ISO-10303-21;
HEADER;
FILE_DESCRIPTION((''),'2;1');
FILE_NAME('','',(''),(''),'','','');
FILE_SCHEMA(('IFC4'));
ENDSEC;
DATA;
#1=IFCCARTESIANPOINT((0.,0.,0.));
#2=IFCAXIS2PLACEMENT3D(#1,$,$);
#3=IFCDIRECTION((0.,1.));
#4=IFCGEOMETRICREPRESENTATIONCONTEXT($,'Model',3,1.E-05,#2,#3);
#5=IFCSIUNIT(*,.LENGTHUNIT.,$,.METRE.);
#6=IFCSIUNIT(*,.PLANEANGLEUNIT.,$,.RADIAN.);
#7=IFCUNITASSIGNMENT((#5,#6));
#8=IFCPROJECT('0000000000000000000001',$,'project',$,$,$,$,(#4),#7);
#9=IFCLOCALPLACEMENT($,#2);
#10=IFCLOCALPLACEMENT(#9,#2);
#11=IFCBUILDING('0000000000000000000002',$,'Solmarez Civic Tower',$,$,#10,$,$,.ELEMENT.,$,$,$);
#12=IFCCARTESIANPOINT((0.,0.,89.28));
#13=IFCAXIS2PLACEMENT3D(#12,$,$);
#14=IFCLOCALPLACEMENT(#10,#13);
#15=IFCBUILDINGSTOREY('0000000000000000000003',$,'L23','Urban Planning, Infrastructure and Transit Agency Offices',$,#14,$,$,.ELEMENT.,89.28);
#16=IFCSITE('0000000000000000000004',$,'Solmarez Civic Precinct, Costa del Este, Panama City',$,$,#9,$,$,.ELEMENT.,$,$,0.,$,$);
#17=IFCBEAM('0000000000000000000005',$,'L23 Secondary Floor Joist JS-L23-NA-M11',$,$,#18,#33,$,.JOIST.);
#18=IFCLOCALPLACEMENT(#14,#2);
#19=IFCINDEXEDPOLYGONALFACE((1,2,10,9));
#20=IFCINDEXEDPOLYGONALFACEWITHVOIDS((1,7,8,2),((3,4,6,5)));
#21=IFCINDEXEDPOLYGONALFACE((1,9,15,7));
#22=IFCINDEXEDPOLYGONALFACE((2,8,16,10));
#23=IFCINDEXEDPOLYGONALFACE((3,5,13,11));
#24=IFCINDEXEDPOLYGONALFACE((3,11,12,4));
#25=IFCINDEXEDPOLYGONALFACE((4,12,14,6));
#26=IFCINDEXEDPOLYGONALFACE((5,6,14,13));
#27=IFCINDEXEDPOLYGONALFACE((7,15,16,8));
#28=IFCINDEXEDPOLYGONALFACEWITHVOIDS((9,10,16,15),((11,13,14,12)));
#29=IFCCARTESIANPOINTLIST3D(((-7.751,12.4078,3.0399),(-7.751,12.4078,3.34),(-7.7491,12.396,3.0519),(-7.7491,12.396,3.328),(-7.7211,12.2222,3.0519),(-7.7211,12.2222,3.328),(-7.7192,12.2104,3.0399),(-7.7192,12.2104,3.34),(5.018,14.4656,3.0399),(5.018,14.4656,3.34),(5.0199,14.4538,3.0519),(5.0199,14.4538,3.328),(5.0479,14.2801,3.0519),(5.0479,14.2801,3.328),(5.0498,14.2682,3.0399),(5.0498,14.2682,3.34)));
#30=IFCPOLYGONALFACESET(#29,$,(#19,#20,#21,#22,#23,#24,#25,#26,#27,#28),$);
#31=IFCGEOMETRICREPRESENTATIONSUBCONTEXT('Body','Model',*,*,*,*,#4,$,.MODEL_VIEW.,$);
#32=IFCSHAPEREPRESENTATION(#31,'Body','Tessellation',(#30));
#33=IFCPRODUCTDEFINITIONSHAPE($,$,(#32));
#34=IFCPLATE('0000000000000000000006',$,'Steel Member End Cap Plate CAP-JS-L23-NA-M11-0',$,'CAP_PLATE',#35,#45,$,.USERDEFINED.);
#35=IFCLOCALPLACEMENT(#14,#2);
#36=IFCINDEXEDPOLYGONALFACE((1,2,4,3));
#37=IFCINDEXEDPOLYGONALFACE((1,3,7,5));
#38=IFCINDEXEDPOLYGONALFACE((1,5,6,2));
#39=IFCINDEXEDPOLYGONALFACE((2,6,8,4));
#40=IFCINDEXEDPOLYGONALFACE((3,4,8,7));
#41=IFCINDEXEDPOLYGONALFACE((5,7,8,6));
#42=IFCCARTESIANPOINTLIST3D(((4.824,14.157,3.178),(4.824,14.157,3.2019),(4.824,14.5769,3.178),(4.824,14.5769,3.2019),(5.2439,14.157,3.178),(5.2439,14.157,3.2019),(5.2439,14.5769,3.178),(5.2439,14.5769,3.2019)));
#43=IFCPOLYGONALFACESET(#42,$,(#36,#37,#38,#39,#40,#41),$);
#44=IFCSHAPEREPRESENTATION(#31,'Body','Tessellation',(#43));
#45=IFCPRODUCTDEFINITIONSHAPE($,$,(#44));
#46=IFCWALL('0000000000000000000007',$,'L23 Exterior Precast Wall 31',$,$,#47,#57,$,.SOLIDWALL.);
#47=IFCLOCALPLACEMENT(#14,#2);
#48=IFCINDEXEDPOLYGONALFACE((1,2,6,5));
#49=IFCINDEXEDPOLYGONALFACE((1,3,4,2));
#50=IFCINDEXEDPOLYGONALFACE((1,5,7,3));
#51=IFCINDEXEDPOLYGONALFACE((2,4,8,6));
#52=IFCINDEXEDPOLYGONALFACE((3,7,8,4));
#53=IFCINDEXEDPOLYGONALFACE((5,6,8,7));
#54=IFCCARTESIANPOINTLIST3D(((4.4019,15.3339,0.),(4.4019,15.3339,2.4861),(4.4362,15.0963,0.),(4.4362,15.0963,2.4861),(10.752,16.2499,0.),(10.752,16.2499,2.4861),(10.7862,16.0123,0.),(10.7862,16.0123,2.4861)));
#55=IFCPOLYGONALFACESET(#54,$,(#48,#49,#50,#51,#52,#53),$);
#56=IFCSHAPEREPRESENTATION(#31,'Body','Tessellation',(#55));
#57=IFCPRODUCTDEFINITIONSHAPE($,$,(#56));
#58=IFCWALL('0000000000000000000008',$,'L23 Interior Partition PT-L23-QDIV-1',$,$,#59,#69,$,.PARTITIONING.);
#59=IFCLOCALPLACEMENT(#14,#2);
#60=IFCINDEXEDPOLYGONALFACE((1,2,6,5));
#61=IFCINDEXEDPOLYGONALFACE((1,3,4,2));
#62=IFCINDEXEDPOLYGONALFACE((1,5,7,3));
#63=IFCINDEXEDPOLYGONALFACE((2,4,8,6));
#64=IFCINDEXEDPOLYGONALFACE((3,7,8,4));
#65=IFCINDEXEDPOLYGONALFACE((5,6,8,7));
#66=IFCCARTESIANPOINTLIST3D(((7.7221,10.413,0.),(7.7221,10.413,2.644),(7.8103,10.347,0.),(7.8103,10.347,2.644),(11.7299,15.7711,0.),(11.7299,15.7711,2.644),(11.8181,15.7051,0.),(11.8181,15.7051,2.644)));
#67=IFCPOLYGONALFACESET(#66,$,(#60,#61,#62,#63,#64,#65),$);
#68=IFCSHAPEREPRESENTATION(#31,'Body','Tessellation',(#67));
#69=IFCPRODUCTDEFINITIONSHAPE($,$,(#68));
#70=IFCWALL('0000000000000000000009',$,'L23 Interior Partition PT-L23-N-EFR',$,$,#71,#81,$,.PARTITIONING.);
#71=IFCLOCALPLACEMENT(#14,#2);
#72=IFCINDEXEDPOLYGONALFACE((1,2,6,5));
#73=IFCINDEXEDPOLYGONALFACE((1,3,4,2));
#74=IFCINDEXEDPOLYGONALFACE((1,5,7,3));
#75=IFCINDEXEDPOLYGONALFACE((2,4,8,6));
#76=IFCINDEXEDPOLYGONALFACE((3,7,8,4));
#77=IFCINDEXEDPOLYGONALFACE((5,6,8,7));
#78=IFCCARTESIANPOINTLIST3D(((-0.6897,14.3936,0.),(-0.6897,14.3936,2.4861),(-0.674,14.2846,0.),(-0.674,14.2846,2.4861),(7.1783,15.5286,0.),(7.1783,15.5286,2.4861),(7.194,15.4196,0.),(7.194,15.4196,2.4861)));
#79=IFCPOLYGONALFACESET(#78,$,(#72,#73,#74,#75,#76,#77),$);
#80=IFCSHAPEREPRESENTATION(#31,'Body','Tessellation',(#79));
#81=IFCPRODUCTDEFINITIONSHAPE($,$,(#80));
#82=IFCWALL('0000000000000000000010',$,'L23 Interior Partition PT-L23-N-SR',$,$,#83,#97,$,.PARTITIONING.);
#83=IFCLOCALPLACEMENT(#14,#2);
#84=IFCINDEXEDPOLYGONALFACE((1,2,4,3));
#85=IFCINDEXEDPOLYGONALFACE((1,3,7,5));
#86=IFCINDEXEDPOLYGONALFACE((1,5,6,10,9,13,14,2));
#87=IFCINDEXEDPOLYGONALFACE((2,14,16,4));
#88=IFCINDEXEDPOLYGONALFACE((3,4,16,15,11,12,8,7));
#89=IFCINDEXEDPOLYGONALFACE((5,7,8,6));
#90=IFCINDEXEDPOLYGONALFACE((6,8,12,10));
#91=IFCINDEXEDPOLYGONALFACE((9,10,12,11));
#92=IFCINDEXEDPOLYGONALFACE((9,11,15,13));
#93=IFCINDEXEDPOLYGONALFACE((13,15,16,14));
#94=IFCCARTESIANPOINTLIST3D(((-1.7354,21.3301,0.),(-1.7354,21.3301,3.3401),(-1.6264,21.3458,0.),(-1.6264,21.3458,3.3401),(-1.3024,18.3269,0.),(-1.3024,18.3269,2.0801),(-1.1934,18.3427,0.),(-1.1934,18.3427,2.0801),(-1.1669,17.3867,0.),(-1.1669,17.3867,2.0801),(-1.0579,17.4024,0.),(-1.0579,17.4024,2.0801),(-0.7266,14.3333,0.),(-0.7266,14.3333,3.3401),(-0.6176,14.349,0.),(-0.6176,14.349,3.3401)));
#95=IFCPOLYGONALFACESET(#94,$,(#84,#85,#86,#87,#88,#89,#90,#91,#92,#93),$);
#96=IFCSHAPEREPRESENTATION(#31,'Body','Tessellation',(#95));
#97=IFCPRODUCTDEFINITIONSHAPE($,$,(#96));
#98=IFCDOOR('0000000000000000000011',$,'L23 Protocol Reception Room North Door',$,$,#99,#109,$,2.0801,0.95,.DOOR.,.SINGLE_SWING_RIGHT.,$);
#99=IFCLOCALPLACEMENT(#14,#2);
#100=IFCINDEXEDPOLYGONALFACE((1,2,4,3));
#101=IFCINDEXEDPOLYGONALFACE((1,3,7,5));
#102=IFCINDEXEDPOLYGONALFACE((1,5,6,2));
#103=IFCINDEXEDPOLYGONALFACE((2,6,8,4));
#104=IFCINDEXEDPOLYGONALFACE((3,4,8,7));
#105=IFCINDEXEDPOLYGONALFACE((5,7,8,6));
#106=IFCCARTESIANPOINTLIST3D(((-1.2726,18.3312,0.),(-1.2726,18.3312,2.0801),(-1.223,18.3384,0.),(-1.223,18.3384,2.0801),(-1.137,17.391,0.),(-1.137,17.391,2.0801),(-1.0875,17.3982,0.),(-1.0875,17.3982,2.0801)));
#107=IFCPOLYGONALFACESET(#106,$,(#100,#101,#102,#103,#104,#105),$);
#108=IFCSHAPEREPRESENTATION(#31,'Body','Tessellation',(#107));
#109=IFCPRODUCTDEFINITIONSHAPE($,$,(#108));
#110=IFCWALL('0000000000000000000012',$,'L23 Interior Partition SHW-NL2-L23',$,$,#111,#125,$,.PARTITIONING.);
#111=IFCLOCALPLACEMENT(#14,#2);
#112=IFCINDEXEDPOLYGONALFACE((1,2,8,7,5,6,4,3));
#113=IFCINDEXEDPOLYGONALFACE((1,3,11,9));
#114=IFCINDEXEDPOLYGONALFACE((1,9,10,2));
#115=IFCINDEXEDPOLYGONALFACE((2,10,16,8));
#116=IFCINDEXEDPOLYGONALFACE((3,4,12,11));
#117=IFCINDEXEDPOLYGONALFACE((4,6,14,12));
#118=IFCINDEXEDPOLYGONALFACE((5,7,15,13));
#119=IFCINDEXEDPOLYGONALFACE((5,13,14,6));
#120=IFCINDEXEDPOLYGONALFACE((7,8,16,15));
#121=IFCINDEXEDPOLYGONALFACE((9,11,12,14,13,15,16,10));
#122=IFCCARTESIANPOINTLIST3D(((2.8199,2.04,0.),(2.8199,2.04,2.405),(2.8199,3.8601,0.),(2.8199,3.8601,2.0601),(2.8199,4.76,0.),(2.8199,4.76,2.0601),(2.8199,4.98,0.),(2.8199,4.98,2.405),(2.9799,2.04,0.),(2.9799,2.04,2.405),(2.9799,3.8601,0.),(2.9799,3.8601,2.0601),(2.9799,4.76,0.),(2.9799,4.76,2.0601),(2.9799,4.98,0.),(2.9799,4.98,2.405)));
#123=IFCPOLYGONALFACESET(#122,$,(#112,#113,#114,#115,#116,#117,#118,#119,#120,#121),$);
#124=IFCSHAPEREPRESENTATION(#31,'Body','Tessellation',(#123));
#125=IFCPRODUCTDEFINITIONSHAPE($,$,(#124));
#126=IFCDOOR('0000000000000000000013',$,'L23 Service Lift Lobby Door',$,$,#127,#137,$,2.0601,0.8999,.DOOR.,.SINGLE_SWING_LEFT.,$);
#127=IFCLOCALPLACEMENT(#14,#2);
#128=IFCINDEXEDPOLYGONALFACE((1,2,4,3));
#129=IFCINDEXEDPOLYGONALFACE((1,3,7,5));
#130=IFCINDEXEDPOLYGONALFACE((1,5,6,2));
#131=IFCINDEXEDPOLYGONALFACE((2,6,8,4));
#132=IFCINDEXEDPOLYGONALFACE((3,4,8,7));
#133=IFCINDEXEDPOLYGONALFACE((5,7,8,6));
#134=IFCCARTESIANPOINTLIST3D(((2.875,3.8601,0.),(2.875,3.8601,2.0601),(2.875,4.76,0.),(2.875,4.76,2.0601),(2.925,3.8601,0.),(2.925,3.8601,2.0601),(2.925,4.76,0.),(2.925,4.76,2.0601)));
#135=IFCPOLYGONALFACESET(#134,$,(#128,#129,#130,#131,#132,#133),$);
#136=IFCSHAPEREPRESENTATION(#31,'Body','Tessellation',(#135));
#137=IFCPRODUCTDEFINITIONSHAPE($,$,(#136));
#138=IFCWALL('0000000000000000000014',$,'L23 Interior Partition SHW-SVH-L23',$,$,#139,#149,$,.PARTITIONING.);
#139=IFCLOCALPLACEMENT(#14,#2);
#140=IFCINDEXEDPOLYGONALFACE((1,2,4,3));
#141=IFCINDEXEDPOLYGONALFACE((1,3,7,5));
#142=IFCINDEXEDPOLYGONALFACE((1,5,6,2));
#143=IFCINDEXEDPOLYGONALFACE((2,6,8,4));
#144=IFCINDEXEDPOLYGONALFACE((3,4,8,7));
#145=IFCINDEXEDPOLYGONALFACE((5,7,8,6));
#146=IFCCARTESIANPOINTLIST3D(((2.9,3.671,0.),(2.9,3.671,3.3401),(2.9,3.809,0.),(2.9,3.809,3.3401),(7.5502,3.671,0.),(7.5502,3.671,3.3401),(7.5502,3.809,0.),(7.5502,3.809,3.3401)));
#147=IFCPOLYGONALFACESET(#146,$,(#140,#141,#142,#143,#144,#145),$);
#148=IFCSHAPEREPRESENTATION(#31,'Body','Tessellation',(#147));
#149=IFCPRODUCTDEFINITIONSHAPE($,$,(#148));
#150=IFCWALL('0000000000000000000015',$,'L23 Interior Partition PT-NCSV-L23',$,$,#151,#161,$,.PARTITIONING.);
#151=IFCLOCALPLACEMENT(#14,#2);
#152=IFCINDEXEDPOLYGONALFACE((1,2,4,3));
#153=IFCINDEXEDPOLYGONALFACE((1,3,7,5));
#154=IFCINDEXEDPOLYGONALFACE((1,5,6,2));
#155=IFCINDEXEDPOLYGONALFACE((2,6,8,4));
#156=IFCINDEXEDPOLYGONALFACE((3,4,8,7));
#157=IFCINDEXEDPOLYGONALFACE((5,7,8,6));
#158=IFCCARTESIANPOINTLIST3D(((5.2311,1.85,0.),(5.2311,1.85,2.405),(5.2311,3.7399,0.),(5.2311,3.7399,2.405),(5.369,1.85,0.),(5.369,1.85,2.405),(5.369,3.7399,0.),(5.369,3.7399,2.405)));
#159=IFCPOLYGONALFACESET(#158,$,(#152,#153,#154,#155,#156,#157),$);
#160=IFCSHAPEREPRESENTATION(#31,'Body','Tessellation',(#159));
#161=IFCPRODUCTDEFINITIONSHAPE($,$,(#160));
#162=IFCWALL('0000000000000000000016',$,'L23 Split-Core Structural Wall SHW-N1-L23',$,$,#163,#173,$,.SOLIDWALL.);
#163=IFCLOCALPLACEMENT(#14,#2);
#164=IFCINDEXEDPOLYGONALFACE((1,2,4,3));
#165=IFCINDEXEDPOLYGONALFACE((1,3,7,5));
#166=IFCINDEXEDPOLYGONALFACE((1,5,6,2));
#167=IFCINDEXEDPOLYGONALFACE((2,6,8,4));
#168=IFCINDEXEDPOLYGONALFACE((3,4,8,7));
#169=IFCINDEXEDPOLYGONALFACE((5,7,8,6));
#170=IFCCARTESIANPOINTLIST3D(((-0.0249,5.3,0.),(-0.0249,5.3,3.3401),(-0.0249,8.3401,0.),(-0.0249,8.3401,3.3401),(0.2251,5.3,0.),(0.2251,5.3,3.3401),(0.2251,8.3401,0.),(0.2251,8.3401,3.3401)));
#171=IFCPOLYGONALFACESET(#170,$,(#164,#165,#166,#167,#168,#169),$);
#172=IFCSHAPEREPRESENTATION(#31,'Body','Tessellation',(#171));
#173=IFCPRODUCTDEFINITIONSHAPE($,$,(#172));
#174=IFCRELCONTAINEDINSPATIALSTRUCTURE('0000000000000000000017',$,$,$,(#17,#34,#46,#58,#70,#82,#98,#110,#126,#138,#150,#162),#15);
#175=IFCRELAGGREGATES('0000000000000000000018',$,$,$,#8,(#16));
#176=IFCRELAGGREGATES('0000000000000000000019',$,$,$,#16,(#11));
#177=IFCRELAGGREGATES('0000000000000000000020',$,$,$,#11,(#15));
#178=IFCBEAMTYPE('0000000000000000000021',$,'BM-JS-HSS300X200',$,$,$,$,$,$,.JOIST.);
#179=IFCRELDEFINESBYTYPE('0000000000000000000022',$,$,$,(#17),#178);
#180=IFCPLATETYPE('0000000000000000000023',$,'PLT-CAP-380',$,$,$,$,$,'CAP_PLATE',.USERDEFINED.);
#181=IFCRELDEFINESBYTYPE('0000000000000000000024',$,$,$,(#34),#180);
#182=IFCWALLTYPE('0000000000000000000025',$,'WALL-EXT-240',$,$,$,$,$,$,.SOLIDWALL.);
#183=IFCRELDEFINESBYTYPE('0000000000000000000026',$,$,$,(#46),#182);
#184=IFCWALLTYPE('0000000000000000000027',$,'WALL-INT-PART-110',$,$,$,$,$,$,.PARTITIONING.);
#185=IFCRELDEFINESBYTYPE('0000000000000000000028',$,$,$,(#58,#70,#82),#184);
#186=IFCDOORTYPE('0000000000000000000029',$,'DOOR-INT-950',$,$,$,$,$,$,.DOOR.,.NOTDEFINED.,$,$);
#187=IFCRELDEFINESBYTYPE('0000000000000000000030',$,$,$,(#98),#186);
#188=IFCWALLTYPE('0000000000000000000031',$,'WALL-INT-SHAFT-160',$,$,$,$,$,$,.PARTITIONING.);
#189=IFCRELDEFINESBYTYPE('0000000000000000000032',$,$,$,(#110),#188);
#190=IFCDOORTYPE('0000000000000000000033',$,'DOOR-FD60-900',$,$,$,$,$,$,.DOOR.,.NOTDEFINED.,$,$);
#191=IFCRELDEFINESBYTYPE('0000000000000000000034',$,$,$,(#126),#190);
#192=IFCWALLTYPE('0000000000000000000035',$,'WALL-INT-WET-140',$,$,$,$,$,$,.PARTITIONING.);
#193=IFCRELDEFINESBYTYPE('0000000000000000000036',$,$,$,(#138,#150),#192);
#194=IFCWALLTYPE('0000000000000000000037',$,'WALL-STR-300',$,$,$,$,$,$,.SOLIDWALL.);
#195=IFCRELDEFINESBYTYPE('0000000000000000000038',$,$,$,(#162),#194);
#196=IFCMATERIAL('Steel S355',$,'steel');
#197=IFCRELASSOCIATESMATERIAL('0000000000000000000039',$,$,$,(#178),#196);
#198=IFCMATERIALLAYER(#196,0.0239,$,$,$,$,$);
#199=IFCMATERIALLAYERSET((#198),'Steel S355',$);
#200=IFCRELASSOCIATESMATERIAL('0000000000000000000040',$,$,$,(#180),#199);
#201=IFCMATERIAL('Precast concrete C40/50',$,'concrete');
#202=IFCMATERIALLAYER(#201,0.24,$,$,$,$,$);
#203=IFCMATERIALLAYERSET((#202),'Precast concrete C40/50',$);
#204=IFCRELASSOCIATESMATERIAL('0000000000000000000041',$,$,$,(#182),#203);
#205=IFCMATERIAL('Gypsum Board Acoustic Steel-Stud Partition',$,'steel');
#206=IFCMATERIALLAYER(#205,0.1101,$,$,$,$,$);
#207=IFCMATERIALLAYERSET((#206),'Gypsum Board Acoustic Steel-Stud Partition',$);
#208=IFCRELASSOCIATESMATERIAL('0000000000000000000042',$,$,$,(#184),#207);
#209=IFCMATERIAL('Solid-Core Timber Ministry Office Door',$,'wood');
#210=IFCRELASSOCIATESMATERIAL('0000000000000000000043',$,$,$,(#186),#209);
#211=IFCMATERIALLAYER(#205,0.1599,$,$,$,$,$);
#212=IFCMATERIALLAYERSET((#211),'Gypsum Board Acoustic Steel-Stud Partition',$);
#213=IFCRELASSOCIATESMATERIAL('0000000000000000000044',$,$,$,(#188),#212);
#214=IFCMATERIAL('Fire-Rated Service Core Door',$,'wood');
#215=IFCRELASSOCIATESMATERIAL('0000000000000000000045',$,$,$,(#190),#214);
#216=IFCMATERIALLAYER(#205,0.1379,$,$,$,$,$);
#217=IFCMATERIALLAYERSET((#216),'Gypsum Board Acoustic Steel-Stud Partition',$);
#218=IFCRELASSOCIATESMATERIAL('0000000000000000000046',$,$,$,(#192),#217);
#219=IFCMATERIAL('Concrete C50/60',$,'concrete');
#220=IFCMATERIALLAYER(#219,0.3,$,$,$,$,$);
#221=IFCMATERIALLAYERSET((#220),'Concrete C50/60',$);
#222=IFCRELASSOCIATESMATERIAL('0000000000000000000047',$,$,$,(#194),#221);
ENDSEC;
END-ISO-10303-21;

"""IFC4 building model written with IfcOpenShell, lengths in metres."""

from ifc_helpers import new_model, si_unit, direction, frame, frame_2d, origin, origin_2d, place, context, subcontext, project, spatial, rectangle, hollow_rectangle, extrude, material, layer, layer_set, material_profile, profile_set, type_object, element, fill, save


model = new_model("IFC4")

# Units and contexts
model_context = context("Model", 3, precision=1e-05, world=origin(), true_north=direction((0.0, 1.0)))
body_context = subcontext(model_context, "Body", "Model", "MODEL_VIEW")
ifc_project = project(units=[si_unit("LENGTHUNIT", "METRE"), si_unit("PLANEANGLEUNIT", "RADIAN")], contexts=[model_context])

# Site, building, storey
site_placement = place(None, origin())
site = spatial("IfcSite", under=ifc_project, at=site_placement, Name="Solmarez Civic Precinct, Costa del Este, Panama City", CompositionType="ELEMENT", RefElevation=0.0)
building_placement = place(site_placement, origin())
building = spatial("IfcBuilding", under=site, at=building_placement, Name="Solmarez Civic Tower", CompositionType="ELEMENT")
storey_placement = place(building_placement, frame((0.0, 0.0, 89.28)))
storey = spatial("IfcBuildingStorey", under=building, at=storey_placement, Name="L23", Description="Urban Planning, Infrastructure and Transit Agency Offices", CompositionType="ELEMENT", Elevation=89.28)

# Beam
ifc_material_1 = material(Name="Steel S355", Category="steel")
ifc_material_profile = material_profile(ifc_material_1, hollow_rectangle(XDim=0.2, YDim=0.3, WallThickness=0.012, at=origin_2d()), Name="HSS300X200X12")
ifc_profile_set = profile_set([ifc_material_profile], Name="Steel S355")
beam_type = type_object("IfcBeamType", Name="BM-JS-HSS300X200", PredefinedType="JOIST", material=ifc_profile_set)
beam_placement = place(storey_placement, frame((5.0339, 14.3669, 3.1899), z_axis=(-0.987261, -0.159107, 0.0), x_axis=(0.159107, -0.987261, 0.0)))
element("IfcBeam", 1, at=beam_placement, inside=storey, type_object=beam_type, Name="L23 Secondary Floor Joist JS-L23-NA-M11", PredefinedType="JOIST", context=body_context, shape_type="SweptSolid", body=[
    extrude(hollow_rectangle(XDim=0.2, YDim=0.3, WallThickness=0.012, at=origin_2d()), origin(), (0.0, 0.0, 1.0), 12.9338),
])

# Plate
ifc_layer_1 = layer(ifc_material_1, 0.0239)
ifc_layer_set_1 = layer_set([ifc_layer_1], Name="Steel S355")
plate_type = type_object("IfcPlateType", Name="PLT-CAP-380", ElementType="CAP_PLATE", PredefinedType="USERDEFINED", material=ifc_layer_set_1)
plate_placement = place(storey_placement, frame((5.0339, 14.3669, 3.178), z_axis=(0.0, 0.0, 1.0), x_axis=(1.0, 0.0, 0.0)))
element("IfcPlate", 2, at=plate_placement, inside=storey, type_object=plate_type, Name="Steel Member End Cap Plate CAP-JS-L23-NA-M11-0", ObjectType="CAP_PLATE", PredefinedType="USERDEFINED", context=body_context, shape_type="SweptSolid", body=[
    extrude(rectangle(XDim=0.4199, YDim=0.4199, at=origin_2d()), origin(), (0.0, 0.0, 1.0), 0.0239),
])

# Walls
ifc_material_2 = material(Name="Precast concrete C40/50", Category="concrete")
ifc_layer_2 = layer(ifc_material_2, 0.24)
ifc_layer_set_2 = layer_set([ifc_layer_2], Name="Precast concrete C40/50")
wall_type_1 = type_object("IfcWallType", Name="WALL-EXT-240", PredefinedType="SOLIDWALL", material=ifc_layer_set_2)
wall_1_placement = place(storey_placement, frame((4.4189, 15.2151, 0.0), z_axis=(0.0, 0.0, 1.0), x_axis=(0.989755, 0.142774, 0.0)))
element("IfcWall", 3, at=wall_1_placement, inside=storey, type_object=wall_type_1, Name="L23 Exterior Precast Wall 31", PredefinedType="SOLIDWALL", context=body_context, shape_type="SweptSolid", body=[
    extrude(rectangle(XDim=6.4158, YDim=0.24, at=frame_2d((3.208, 0.0))), origin(), (0.0, 0.0, 1.0), 2.4861),
])
ifc_material_3 = material(Name="Gypsum Board Acoustic Steel-Stud Partition", Category="steel")
ifc_layer_3 = layer(ifc_material_3, 0.1101)
ifc_layer_set_3 = layer_set([ifc_layer_3], Name="Gypsum Board Acoustic Steel-Stud Partition")
wall_type_2 = type_object("IfcWallType", Name="WALL-INT-PART-110", PredefinedType="PARTITIONING", material=ifc_layer_set_3)
wall_2_placement = place(storey_placement, frame((7.7661, 10.3799, 0.0), z_axis=(0.0, 0.0, 1.0), x_axis=(0.598966, 0.800774, 0.0)))
element("IfcWall", 4, at=wall_2_placement, inside=storey, type_object=wall_type_2, Name="L23 Interior Partition PT-L23-QDIV-1", PredefinedType="PARTITIONING", context=body_context, shape_type="SweptSolid", body=[
    extrude(rectangle(XDim=6.6912, YDim=0.1101, at=frame_2d((3.3457, 0.0))), origin(), (0.0, 0.0, 1.0), 2.644),
])
wall_3_placement = place(storey_placement, frame((7.186, 15.4741, 0.0), z_axis=(0.0, 0.0, 1.0), x_axis=(-0.989754, -0.14278, 0.0)))
element("IfcWall", 5, at=wall_3_placement, inside=storey, type_object=wall_type_2, Name="L23 Interior Partition PT-L23-N-EFR", PredefinedType="PARTITIONING", context=body_context, shape_type="SweptSolid", body=[
    extrude(rectangle(XDim=7.9495, YDim=0.1101, at=frame_2d((3.9746, 0.0))), origin(), (0.0, 0.0, 1.0), 2.4861),
])

# Walls, openings, doors
wall_4_placement = place(storey_placement, frame((-0.6721, 14.3411, 0.0), z_axis=(0.0, 0.0, 1.0), x_axis=(-0.142703, 0.989766, 0.0)))
wall_4 = element("IfcWall", 6, at=wall_4_placement, inside=storey, type_object=wall_type_2, Name="L23 Interior Partition PT-L23-N-SR", PredefinedType="PARTITIONING", context=body_context, shape_type="SweptSolid", body=[
    extrude(rectangle(XDim=7.0691, YDim=0.1101, at=frame_2d((3.5347, 0.0))), origin(), (0.0, 0.0, 1.0), 3.3401),
])
opening_1_placement = place(wall_4_placement, frame((3.085, 0.0, 0.0)))
opening_1 = element("IfcOpeningElement", 7, at=opening_1_placement, cuts=wall_4, PredefinedType="OPENING", context=body_context, shape_type="SweptSolid", body=[
    extrude(rectangle(XDim=0.95, YDim=2.0801, at=frame_2d((0.4751, 1.04))), frame((0.0, 0.0649, 0.0), z_axis=(0.0, -1.0, 0.0), x_axis=(1.0, 0.0, 0.0)), (0.0, 0.0, 1.0), 0.1301),
])
ifc_material_4 = material(Name="Solid-Core Timber Ministry Office Door", Category="wood")
door_type_1 = type_object("IfcDoorType", Name="DOOR-INT-950", OperationType="NOTDEFINED", PredefinedType="DOOR", material=ifc_material_4)
door_1_placement = place(opening_1_placement, origin())
door_1 = element("IfcDoor", 8, at=door_1_placement, inside=storey, type_object=door_type_1, Name="L23 Protocol Reception Room North Door", OperationType="SINGLE_SWING_RIGHT", OverallHeight=2.0801, OverallWidth=0.95, PredefinedType="DOOR", context=body_context, shape_type="SweptSolid", body=[
    extrude(rectangle(XDim=0.95, YDim=2.0801, at=frame_2d((0.4751, 1.04))), frame((0.0, 0.0249, 0.0), z_axis=(0.0, -1.0, 0.0), x_axis=(1.0, 0.0, 0.0)), (0.0, 0.0, 1.0), 0.05),
])
fill(opening_1, door_1)
ifc_layer_4 = layer(ifc_material_3, 0.1599)
ifc_layer_set_4 = layer_set([ifc_layer_4], Name="Gypsum Board Acoustic Steel-Stud Partition")
wall_type_3 = type_object("IfcWallType", Name="WALL-INT-SHAFT-160", PredefinedType="PARTITIONING", material=ifc_layer_set_4)
wall_5_placement = place(storey_placement, frame((2.8999, 2.04, 0.0), z_axis=(0.0, 0.0, 1.0), x_axis=(0.0, 1.0, 0.0)))
wall_5 = element("IfcWall", 9, at=wall_5_placement, inside=storey, type_object=wall_type_3, Name="L23 Interior Partition SHW-NL2-L23", PredefinedType="PARTITIONING", context=body_context, shape_type="SweptSolid", body=[
    extrude(rectangle(XDim=2.9399, YDim=0.1599, at=frame_2d((1.47, 0.0))), origin(), (0.0, 0.0, 1.0), 2.405),
])
opening_2_placement = place(wall_5_placement, frame((1.8201, 0.0, 0.0)))
opening_2 = element("IfcOpeningElement", 10, at=opening_2_placement, cuts=wall_5, PredefinedType="OPENING", context=body_context, shape_type="SweptSolid", body=[
    extrude(rectangle(XDim=0.8999, YDim=2.0601, at=frame_2d((0.45, 1.03))), frame((0.0, 0.0898, 0.0), z_axis=(0.0, -1.0, 0.0), x_axis=(1.0, 0.0, 0.0)), (0.0, 0.0, 1.0), 0.1799),
])
ifc_material_5 = material(Name="Fire-Rated Service Core Door", Category="wood")
door_type_2 = type_object("IfcDoorType", Name="DOOR-FD60-900", OperationType="NOTDEFINED", PredefinedType="DOOR", material=ifc_material_5)
door_2_placement = place(opening_2_placement, origin())
door_2 = element("IfcDoor", 11, at=door_2_placement, inside=storey, type_object=door_type_2, Name="L23 Service Lift Lobby Door", OperationType="SINGLE_SWING_LEFT", OverallHeight=2.0601, OverallWidth=0.8999, PredefinedType="DOOR", context=body_context, shape_type="SweptSolid", body=[
    extrude(rectangle(XDim=0.8999, YDim=2.0601, at=frame_2d((0.45, 1.03))), frame((0.0, 0.0249, 0.0), z_axis=(0.0, -1.0, 0.0), x_axis=(1.0, 0.0, 0.0)), (0.0, 0.0, 1.0), 0.05),
])
fill(opening_2, door_2)

# Walls
ifc_layer_5 = layer(ifc_material_3, 0.1379)
ifc_layer_set_5 = layer_set([ifc_layer_5], Name="Gypsum Board Acoustic Steel-Stud Partition")
wall_type_4 = type_object("IfcWallType", Name="WALL-INT-WET-140", PredefinedType="PARTITIONING", material=ifc_layer_set_5)
wall_6_placement = place(storey_placement, frame((2.8999, 3.74, 0.0), z_axis=(0.0, 0.0, 1.0), x_axis=(1.0, 0.0, 0.0)))
element("IfcWall", 12, at=wall_6_placement, inside=storey, type_object=wall_type_4, Name="L23 Interior Partition SHW-SVH-L23", PredefinedType="PARTITIONING", context=body_context, shape_type="SweptSolid", body=[
    extrude(rectangle(XDim=4.6501, YDim=0.1379, at=frame_2d((2.3252, 0.0))), origin(), (0.0, 0.0, 1.0), 3.3401),
])
wall_7_placement = place(storey_placement, frame((5.3, 1.8501, 0.0), z_axis=(0.0, 0.0, 1.0), x_axis=(0.0, 1.0, 0.0)))
element("IfcWall", 13, at=wall_7_placement, inside=storey, type_object=wall_type_4, Name="L23 Interior Partition PT-NCSV-L23", PredefinedType="PARTITIONING", context=body_context, shape_type="SweptSolid", body=[
    extrude(rectangle(XDim=1.8899, YDim=0.1379, at=frame_2d((0.9448, 0.0))), origin(), (0.0, 0.0, 1.0), 2.405),
])

# Shared definitions
ifc_material_6 = material(Name="Concrete C50/60", Category="concrete")
ifc_layer_6 = layer(ifc_material_6, 0.3)
ifc_layer_set_6 = layer_set([ifc_layer_6], Name="Concrete C50/60")
wall_type_5 = type_object("IfcWallType", Name="WALL-STR-300", PredefinedType="SOLIDWALL", material=ifc_layer_set_6)

# Wall
for number, where, z_axis, x_axis, name in (
    (14, (0.1001, 5.3, 0.0), (0.0, 0.0, 1.0), (0.0, 1.0, 0.0), "L23 Split-Core Structural Wall SHW-N1-L23"),
):
    element("IfcWall", number, at=place(storey_placement, frame(where, z_axis=z_axis, x_axis=x_axis)), inside=storey, type_object=wall_type_5, Name=name, PredefinedType="SOLIDWALL", context=body_context, shape_type="SweptSolid", body=[
        extrude(rectangle(XDim=3.04, YDim=0.25, at=frame_2d((1.52, 0.0))), origin(), (0.0, 0.0, 1.0), 3.3401),
    ])

save(model, "model.ifc")
